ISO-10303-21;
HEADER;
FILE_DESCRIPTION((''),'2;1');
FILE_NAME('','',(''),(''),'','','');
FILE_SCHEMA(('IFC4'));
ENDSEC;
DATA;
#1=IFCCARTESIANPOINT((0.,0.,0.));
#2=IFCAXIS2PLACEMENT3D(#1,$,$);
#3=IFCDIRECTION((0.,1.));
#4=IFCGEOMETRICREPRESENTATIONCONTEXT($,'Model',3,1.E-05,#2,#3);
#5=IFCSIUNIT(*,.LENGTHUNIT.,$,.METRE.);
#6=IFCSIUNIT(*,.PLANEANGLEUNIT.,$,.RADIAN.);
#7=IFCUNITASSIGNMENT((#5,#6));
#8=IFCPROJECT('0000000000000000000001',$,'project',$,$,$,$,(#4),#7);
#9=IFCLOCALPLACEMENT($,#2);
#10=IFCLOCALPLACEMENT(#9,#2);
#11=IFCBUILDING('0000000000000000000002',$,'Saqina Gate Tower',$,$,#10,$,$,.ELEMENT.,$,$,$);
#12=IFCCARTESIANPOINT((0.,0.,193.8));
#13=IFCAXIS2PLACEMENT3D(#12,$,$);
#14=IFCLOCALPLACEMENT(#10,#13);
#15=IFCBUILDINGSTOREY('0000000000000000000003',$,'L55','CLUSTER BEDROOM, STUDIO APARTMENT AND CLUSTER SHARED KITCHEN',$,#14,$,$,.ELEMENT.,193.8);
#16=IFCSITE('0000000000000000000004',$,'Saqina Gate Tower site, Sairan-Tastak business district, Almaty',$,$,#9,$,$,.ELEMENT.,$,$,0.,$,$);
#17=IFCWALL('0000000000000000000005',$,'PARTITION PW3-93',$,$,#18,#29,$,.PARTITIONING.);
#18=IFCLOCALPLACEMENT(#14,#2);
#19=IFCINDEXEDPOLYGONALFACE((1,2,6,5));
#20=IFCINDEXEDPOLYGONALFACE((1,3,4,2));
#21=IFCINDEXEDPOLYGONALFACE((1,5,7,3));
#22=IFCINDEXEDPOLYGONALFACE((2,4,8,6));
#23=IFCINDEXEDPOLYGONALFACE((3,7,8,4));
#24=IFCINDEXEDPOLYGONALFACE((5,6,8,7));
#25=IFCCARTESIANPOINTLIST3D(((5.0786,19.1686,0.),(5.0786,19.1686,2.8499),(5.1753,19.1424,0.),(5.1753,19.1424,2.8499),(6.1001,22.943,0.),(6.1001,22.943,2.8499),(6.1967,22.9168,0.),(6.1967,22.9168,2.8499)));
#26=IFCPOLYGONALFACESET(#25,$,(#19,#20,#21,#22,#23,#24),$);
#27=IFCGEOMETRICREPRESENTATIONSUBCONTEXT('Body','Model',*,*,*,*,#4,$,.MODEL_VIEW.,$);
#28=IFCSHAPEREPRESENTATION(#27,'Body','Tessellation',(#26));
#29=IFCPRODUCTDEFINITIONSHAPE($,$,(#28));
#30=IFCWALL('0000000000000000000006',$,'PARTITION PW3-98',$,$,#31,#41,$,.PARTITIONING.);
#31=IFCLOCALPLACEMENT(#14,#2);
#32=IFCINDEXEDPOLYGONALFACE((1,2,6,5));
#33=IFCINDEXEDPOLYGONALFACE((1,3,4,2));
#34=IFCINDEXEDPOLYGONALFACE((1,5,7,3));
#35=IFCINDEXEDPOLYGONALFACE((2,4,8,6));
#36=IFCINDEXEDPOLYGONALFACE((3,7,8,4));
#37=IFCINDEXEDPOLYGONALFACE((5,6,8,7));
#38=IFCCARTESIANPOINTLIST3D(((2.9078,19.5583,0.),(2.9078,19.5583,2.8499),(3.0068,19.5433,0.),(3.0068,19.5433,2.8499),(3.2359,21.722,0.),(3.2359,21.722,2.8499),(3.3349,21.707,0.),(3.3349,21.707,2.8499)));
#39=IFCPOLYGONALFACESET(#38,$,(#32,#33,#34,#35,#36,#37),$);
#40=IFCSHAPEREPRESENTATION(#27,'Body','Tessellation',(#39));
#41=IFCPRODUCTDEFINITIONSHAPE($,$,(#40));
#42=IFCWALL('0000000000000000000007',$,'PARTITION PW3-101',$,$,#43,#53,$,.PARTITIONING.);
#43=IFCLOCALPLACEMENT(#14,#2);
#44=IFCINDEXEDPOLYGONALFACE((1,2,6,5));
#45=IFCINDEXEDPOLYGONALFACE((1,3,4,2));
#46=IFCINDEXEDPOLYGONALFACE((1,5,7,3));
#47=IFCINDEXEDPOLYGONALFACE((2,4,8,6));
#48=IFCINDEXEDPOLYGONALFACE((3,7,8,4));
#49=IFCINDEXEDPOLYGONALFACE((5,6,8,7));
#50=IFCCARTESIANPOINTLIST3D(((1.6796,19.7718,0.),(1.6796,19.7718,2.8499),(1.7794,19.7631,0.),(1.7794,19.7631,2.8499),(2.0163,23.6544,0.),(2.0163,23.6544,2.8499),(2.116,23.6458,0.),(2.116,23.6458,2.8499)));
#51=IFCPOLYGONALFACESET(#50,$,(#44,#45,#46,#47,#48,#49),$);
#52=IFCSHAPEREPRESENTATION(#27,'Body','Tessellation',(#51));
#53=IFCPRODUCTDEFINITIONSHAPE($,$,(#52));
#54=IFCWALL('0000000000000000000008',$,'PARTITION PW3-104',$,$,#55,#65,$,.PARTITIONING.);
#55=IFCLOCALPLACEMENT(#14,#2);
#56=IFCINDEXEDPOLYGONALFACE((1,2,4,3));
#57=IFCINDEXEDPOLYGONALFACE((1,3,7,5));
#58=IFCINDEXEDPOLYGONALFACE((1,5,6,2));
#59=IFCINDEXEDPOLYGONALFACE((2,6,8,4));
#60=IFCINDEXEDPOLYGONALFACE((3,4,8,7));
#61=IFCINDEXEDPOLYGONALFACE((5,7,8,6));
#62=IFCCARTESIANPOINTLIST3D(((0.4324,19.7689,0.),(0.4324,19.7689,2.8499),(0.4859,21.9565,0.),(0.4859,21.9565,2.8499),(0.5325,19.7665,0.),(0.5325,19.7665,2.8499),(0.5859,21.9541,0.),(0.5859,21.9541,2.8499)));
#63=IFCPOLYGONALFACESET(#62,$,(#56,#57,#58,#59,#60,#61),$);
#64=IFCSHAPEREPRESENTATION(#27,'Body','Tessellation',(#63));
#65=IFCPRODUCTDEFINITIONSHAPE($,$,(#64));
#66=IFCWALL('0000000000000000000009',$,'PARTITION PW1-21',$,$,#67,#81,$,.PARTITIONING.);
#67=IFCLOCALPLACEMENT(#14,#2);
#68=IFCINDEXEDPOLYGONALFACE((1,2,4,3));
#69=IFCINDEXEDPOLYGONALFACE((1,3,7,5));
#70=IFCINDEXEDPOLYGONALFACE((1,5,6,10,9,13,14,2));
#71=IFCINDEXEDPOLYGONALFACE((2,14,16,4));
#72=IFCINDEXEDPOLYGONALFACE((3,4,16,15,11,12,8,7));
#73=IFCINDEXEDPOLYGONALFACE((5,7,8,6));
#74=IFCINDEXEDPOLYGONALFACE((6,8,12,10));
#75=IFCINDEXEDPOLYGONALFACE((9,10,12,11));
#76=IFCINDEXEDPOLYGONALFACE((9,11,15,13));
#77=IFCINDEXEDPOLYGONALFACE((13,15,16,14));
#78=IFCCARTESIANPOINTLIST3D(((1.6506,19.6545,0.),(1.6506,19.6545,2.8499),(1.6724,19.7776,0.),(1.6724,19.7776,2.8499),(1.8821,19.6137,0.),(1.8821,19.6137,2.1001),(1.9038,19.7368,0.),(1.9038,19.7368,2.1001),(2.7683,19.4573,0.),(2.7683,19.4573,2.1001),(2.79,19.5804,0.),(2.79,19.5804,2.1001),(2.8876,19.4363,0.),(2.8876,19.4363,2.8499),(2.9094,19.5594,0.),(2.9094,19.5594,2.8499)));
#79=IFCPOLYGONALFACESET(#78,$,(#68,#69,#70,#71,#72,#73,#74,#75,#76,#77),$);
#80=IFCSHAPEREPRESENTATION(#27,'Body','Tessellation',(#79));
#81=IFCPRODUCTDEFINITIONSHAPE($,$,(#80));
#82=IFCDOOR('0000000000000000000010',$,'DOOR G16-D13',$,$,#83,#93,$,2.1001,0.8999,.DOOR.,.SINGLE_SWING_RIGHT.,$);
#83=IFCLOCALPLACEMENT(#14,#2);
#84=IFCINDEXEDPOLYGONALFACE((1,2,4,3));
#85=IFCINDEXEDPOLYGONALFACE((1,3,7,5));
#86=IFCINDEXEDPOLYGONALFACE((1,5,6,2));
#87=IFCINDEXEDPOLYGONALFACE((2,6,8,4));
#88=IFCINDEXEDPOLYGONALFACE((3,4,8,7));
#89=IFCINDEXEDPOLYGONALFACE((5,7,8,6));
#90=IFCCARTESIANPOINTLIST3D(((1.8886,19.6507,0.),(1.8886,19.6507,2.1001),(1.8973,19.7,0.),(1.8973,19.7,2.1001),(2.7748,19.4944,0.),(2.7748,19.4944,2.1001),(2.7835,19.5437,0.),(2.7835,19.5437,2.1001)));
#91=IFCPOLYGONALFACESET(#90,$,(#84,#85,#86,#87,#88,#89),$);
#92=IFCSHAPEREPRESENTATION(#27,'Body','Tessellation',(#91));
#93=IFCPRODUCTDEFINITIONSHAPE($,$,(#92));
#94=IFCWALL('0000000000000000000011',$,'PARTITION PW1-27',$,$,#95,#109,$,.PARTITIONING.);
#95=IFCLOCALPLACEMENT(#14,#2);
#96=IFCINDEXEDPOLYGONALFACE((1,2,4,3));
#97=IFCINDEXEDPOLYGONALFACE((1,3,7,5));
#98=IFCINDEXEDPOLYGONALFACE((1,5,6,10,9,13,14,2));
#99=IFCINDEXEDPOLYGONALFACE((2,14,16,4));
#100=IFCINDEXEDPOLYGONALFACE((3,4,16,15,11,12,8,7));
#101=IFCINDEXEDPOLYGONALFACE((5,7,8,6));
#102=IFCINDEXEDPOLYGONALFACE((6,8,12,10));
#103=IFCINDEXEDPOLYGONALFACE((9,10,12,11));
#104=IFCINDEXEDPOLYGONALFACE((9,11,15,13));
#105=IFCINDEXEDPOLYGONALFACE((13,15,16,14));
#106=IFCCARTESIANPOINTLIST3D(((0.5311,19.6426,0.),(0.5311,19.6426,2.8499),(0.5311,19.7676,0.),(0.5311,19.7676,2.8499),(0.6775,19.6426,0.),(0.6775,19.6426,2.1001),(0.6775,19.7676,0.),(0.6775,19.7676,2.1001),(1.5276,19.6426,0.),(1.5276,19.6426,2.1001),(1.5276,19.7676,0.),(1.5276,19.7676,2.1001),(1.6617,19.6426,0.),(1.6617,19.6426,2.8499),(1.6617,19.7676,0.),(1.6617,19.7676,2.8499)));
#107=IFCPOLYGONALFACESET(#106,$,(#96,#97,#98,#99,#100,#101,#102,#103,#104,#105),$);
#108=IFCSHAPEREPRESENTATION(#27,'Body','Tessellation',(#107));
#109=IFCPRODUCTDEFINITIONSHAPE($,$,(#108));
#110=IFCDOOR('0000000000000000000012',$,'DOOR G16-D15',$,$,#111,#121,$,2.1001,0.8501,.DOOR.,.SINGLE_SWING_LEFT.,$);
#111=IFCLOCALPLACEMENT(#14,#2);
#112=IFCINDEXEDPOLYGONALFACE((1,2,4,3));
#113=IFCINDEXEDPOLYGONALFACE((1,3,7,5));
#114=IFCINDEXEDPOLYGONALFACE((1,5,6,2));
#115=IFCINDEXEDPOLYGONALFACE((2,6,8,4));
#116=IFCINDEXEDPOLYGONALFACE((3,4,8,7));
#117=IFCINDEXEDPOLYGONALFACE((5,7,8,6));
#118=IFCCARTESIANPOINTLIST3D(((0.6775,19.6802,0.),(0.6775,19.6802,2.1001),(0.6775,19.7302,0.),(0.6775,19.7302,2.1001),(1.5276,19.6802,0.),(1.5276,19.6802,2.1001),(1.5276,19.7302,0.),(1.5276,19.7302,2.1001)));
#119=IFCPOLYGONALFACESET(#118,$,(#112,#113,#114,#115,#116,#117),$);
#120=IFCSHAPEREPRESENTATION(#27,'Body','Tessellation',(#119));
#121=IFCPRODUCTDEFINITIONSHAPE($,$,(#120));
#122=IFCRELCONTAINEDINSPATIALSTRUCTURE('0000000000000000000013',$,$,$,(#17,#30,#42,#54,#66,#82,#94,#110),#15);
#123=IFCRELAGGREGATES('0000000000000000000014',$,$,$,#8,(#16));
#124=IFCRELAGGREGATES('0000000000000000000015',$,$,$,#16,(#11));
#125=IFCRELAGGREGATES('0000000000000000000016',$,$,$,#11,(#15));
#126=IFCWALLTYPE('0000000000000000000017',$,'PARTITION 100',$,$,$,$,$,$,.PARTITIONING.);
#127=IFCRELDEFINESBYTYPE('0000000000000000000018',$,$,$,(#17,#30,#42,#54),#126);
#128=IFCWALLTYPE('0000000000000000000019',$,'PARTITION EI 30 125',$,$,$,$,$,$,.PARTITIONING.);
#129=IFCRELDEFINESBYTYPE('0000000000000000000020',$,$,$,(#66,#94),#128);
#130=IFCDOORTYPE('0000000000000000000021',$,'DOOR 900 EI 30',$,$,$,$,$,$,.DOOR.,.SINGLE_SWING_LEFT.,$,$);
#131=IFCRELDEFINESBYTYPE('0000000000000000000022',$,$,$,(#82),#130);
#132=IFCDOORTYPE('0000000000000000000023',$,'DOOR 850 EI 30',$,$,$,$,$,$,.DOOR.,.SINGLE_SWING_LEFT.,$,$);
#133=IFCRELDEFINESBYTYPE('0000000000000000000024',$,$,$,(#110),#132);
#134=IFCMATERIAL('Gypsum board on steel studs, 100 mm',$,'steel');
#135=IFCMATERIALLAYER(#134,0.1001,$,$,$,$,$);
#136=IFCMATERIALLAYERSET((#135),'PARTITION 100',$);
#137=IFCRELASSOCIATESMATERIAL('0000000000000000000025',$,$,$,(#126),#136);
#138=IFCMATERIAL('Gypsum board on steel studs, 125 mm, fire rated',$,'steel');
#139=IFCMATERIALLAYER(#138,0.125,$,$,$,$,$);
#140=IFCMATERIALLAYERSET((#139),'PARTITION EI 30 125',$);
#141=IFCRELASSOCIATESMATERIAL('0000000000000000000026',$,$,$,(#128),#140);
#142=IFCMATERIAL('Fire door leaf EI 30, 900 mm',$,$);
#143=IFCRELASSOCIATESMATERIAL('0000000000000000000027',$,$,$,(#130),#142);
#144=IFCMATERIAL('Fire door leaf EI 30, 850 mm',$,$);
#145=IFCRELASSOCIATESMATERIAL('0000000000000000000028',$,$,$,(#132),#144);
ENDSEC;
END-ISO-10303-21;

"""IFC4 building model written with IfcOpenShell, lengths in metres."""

from ifc_helpers import new_model, si_unit, direction, frame, frame_2d, origin, place, context, subcontext, project, spatial, rectangle, extrude, material, layer, layer_set, type_object, element, fill, save


model = new_model("IFC4")

# Units and contexts
model_context = context("Model", 3, precision=1e-05, world=origin(), true_north=direction((0.0, 1.0)))
body_context = subcontext(model_context, "Body", "Model", "MODEL_VIEW")
ifc_project = project(units=[si_unit("LENGTHUNIT", "METRE"), si_unit("PLANEANGLEUNIT", "RADIAN")], contexts=[model_context])

# Site, building, storey
site_placement = place(None, origin())
site = spatial("IfcSite", under=ifc_project, at=site_placement, Name="Saqina Gate Tower site, Sairan-Tastak business district, Almaty", CompositionType="ELEMENT", RefElevation=0.0)
building_placement = place(site_placement, origin())
building = spatial("IfcBuilding", under=site, at=building_placement, Name="Saqina Gate Tower", CompositionType="ELEMENT")
storey_placement = place(building_placement, frame((0.0, 0.0, 193.8)))
storey = spatial("IfcBuildingStorey", under=building, at=storey_placement, Name="L55", Description="CLUSTER BEDROOM, STUDIO APARTMENT AND CLUSTER SHARED KITCHEN", CompositionType="ELEMENT", Elevation=193.8)

# Shared definitions
ifc_material_1 = material(Name="Gypsum board on steel studs, 100 mm", Category="steel")
ifc_layer_1 = layer(ifc_material_1, 0.1001)
ifc_layer_set_1 = layer_set([ifc_layer_1], Name="PARTITION 100")
wall_type_1 = type_object("IfcWallType", Name="PARTITION 100", PredefinedType="PARTITIONING", material=ifc_layer_set_1)

# Walls
wall_1_placement = place(storey_placement, frame((5.127, 19.1555, 0.0), z_axis=(0.0, 0.0, 1.0), x_axis=(0.261236, 0.965275, 0.0)))
element("IfcWall", 1, at=wall_1_placement, inside=storey, type_object=wall_type_1, Name="PARTITION PW3-93", PredefinedType="PARTITIONING", context=body_context, shape_type="SweptSolid", body=[
    extrude(rectangle(XDim=3.9102, YDim=0.1001, at=frame_2d((1.9551, 0.0))), origin(), (0.0, 0.0, 1.0), 2.8499),
])
wall_2_placement = place(storey_placement, frame((2.9573, 19.5508, 0.0), z_axis=(0.0, 0.0, 1.0), x_axis=(0.149928, 0.988697, 0.0)))
element("IfcWall", 2, at=wall_2_placement, inside=storey, type_object=wall_type_1, Name="PARTITION PW3-98", PredefinedType="PARTITIONING", context=body_context, shape_type="SweptSolid", body=[
    extrude(rectangle(XDim=2.1885, YDim=0.1001, at=frame_2d((1.0942, 0.0))), origin(), (0.0, 0.0, 1.0), 2.8499),
])
wall_3_placement = place(storey_placement, frame((1.7295, 19.7673, 0.0), z_axis=(0.0, 0.0, 1.0), x_axis=(0.086389, 0.996261, 0.0)))
element("IfcWall", 3, at=wall_3_placement, inside=storey, type_object=wall_type_1, Name="PARTITION PW3-101", PredefinedType="PARTITIONING", context=body_context, shape_type="SweptSolid", body=[
    extrude(rectangle(XDim=3.8972, YDim=0.1001, at=frame_2d((1.9487, 0.0))), origin(), (0.0, 0.0, 1.0), 2.8499),
])
wall_4_placement = place(storey_placement, frame((0.4824, 19.7676, 0.0), z_axis=(0.0, 0.0, 1.0), x_axis=(0.024435, 0.999701, 0.0)))
element("IfcWall", 4, at=wall_4_placement, inside=storey, type_object=wall_type_1, Name="PARTITION PW3-104", PredefinedType="PARTITIONING", context=body_context, shape_type="SweptSolid", body=[
    extrude(rectangle(XDim=2.1882, YDim=0.1001, at=frame_2d((1.0942, 0.0))), origin(), (0.0, 0.0, 1.0), 2.8499),
])

# Walls, openings, doors
ifc_material_2 = material(Name="Gypsum board on steel studs, 125 mm, fire rated", Category="steel")
ifc_layer_2 = layer(ifc_material_2, 0.125)
ifc_layer_set_2 = layer_set([ifc_layer_2], Name="PARTITION EI 30 125")
wall_type_2 = type_object("IfcWallType", Name="PARTITION EI 30 125", PredefinedType="PARTITIONING", material=ifc_layer_set_2)
wall_5_placement = place(storey_placement, frame((1.6616, 19.7161, 0.0), z_axis=(0.0, 0.0, 1.0), x_axis=(0.984789, -0.173752, 0.0)))
wall_5 = element("IfcWall", 5, at=wall_5_placement, inside=storey, type_object=wall_type_2, Name="PARTITION PW1-21", PredefinedType="PARTITIONING", context=body_context, shape_type="SweptSolid", body=[
    extrude(rectangle(XDim=1.2561, YDim=0.125, at=frame_2d((0.6279, 0.0))), origin(), (0.0, 0.0, 1.0), 2.8499),
])
opening_1_placement = place(wall_5_placement, frame((0.2349, 0.0, 0.0)))
opening_1 = element("IfcOpeningElement", 6, at=opening_1_placement, cuts=wall_5, PredefinedType="OPENING", context=body_context, shape_type="SweptSolid", body=[
    extrude(rectangle(XDim=0.8999, YDim=2.1001, at=frame_2d((0.45, 1.05))), frame((0.0, 0.0745, 0.0), z_axis=(0.0, -1.0, 0.0), x_axis=(1.0, 0.0, 0.0)), (0.0, 0.0, 1.0), 0.1489),
])
ifc_material_3 = material(Name="Fire door leaf EI 30, 900 mm")
door_type_1 = type_object("IfcDoorType", Name="DOOR 900 EI 30", OperationType="SINGLE_SWING_LEFT", PredefinedType="DOOR", material=ifc_material_3)
door_1_placement = place(opening_1_placement, frame((0.8999, 0.0, 0.0), z_axis=(0.0, 0.0, 1.0), x_axis=(-1.0, 0.0, 0.0)))
door_1 = element("IfcDoor", 7, at=door_1_placement, inside=storey, type_object=door_type_1, Name="DOOR G16-D13", OperationType="SINGLE_SWING_RIGHT", OverallHeight=2.1001, OverallWidth=0.8999, PredefinedType="DOOR", context=body_context, shape_type="SweptSolid", body=[
    extrude(rectangle(XDim=0.8999, YDim=2.1001, at=frame_2d((0.45, 1.05))), frame((0.0, 0.0249, 0.0), z_axis=(0.0, -1.0, 0.0), x_axis=(1.0, 0.0, 0.0)), (0.0, 0.0, 1.0), 0.05),
])
fill(opening_1, door_1)
wall_6_placement = place(storey_placement, frame((0.531, 19.7051, 0.0), z_axis=(0.0, 0.0, 1.0), x_axis=(1.0, 0.0, 0.0)))
wall_6 = element("IfcWall", 8, at=wall_6_placement, inside=storey, type_object=wall_type_2, Name="PARTITION PW1-27", PredefinedType="PARTITIONING", context=body_context, shape_type="SweptSolid", body=[
    extrude(rectangle(XDim=1.1306, YDim=0.125, at=frame_2d((0.5654, 0.0))), origin(), (0.0, 0.0, 1.0), 2.8499),
])
opening_2_placement = place(wall_6_placement, frame((0.1465, 0.0, 0.0)))
opening_2 = element("IfcOpeningElement", 9, at=opening_2_placement, cuts=wall_6, PredefinedType="OPENING", context=body_context, shape_type="SweptSolid", body=[
    extrude(rectangle(XDim=0.8501, YDim=2.1001, at=frame_2d((0.425, 1.05))), frame((0.0, 0.0745, 0.0), z_axis=(0.0, -1.0, 0.0), x_axis=(1.0, 0.0, 0.0)), (0.0, 0.0, 1.0), 0.1489),
])
ifc_material_4 = material(Name="Fire door leaf EI 30, 850 mm")
door_type_2 = type_object("IfcDoorType", Name="DOOR 850 EI 30", OperationType="SINGLE_SWING_LEFT", PredefinedType="DOOR", material=ifc_material_4)
door_2_placement = place(opening_2_placement, frame((0.8501, 0.0, 0.0), z_axis=(0.0, 0.0, 1.0), x_axis=(-1.0, 0.0, 0.0)))
door_2 = element("IfcDoor", 10, at=door_2_placement, inside=storey, type_object=door_type_2, Name="DOOR G16-D15", OperationType="SINGLE_SWING_LEFT", OverallHeight=2.1001, OverallWidth=0.8501, PredefinedType="DOOR", context=body_context, shape_type="SweptSolid", body=[
    extrude(rectangle(XDim=0.8501, YDim=2.1001, at=frame_2d((0.425, 1.05))), frame((0.0, 0.0249, 0.0), z_axis=(0.0, -1.0, 0.0), x_axis=(1.0, 0.0, 0.0)), (0.0, 0.0, 1.0), 0.05),
])
fill(opening_2, door_2)

save(model, "model.ifc")
